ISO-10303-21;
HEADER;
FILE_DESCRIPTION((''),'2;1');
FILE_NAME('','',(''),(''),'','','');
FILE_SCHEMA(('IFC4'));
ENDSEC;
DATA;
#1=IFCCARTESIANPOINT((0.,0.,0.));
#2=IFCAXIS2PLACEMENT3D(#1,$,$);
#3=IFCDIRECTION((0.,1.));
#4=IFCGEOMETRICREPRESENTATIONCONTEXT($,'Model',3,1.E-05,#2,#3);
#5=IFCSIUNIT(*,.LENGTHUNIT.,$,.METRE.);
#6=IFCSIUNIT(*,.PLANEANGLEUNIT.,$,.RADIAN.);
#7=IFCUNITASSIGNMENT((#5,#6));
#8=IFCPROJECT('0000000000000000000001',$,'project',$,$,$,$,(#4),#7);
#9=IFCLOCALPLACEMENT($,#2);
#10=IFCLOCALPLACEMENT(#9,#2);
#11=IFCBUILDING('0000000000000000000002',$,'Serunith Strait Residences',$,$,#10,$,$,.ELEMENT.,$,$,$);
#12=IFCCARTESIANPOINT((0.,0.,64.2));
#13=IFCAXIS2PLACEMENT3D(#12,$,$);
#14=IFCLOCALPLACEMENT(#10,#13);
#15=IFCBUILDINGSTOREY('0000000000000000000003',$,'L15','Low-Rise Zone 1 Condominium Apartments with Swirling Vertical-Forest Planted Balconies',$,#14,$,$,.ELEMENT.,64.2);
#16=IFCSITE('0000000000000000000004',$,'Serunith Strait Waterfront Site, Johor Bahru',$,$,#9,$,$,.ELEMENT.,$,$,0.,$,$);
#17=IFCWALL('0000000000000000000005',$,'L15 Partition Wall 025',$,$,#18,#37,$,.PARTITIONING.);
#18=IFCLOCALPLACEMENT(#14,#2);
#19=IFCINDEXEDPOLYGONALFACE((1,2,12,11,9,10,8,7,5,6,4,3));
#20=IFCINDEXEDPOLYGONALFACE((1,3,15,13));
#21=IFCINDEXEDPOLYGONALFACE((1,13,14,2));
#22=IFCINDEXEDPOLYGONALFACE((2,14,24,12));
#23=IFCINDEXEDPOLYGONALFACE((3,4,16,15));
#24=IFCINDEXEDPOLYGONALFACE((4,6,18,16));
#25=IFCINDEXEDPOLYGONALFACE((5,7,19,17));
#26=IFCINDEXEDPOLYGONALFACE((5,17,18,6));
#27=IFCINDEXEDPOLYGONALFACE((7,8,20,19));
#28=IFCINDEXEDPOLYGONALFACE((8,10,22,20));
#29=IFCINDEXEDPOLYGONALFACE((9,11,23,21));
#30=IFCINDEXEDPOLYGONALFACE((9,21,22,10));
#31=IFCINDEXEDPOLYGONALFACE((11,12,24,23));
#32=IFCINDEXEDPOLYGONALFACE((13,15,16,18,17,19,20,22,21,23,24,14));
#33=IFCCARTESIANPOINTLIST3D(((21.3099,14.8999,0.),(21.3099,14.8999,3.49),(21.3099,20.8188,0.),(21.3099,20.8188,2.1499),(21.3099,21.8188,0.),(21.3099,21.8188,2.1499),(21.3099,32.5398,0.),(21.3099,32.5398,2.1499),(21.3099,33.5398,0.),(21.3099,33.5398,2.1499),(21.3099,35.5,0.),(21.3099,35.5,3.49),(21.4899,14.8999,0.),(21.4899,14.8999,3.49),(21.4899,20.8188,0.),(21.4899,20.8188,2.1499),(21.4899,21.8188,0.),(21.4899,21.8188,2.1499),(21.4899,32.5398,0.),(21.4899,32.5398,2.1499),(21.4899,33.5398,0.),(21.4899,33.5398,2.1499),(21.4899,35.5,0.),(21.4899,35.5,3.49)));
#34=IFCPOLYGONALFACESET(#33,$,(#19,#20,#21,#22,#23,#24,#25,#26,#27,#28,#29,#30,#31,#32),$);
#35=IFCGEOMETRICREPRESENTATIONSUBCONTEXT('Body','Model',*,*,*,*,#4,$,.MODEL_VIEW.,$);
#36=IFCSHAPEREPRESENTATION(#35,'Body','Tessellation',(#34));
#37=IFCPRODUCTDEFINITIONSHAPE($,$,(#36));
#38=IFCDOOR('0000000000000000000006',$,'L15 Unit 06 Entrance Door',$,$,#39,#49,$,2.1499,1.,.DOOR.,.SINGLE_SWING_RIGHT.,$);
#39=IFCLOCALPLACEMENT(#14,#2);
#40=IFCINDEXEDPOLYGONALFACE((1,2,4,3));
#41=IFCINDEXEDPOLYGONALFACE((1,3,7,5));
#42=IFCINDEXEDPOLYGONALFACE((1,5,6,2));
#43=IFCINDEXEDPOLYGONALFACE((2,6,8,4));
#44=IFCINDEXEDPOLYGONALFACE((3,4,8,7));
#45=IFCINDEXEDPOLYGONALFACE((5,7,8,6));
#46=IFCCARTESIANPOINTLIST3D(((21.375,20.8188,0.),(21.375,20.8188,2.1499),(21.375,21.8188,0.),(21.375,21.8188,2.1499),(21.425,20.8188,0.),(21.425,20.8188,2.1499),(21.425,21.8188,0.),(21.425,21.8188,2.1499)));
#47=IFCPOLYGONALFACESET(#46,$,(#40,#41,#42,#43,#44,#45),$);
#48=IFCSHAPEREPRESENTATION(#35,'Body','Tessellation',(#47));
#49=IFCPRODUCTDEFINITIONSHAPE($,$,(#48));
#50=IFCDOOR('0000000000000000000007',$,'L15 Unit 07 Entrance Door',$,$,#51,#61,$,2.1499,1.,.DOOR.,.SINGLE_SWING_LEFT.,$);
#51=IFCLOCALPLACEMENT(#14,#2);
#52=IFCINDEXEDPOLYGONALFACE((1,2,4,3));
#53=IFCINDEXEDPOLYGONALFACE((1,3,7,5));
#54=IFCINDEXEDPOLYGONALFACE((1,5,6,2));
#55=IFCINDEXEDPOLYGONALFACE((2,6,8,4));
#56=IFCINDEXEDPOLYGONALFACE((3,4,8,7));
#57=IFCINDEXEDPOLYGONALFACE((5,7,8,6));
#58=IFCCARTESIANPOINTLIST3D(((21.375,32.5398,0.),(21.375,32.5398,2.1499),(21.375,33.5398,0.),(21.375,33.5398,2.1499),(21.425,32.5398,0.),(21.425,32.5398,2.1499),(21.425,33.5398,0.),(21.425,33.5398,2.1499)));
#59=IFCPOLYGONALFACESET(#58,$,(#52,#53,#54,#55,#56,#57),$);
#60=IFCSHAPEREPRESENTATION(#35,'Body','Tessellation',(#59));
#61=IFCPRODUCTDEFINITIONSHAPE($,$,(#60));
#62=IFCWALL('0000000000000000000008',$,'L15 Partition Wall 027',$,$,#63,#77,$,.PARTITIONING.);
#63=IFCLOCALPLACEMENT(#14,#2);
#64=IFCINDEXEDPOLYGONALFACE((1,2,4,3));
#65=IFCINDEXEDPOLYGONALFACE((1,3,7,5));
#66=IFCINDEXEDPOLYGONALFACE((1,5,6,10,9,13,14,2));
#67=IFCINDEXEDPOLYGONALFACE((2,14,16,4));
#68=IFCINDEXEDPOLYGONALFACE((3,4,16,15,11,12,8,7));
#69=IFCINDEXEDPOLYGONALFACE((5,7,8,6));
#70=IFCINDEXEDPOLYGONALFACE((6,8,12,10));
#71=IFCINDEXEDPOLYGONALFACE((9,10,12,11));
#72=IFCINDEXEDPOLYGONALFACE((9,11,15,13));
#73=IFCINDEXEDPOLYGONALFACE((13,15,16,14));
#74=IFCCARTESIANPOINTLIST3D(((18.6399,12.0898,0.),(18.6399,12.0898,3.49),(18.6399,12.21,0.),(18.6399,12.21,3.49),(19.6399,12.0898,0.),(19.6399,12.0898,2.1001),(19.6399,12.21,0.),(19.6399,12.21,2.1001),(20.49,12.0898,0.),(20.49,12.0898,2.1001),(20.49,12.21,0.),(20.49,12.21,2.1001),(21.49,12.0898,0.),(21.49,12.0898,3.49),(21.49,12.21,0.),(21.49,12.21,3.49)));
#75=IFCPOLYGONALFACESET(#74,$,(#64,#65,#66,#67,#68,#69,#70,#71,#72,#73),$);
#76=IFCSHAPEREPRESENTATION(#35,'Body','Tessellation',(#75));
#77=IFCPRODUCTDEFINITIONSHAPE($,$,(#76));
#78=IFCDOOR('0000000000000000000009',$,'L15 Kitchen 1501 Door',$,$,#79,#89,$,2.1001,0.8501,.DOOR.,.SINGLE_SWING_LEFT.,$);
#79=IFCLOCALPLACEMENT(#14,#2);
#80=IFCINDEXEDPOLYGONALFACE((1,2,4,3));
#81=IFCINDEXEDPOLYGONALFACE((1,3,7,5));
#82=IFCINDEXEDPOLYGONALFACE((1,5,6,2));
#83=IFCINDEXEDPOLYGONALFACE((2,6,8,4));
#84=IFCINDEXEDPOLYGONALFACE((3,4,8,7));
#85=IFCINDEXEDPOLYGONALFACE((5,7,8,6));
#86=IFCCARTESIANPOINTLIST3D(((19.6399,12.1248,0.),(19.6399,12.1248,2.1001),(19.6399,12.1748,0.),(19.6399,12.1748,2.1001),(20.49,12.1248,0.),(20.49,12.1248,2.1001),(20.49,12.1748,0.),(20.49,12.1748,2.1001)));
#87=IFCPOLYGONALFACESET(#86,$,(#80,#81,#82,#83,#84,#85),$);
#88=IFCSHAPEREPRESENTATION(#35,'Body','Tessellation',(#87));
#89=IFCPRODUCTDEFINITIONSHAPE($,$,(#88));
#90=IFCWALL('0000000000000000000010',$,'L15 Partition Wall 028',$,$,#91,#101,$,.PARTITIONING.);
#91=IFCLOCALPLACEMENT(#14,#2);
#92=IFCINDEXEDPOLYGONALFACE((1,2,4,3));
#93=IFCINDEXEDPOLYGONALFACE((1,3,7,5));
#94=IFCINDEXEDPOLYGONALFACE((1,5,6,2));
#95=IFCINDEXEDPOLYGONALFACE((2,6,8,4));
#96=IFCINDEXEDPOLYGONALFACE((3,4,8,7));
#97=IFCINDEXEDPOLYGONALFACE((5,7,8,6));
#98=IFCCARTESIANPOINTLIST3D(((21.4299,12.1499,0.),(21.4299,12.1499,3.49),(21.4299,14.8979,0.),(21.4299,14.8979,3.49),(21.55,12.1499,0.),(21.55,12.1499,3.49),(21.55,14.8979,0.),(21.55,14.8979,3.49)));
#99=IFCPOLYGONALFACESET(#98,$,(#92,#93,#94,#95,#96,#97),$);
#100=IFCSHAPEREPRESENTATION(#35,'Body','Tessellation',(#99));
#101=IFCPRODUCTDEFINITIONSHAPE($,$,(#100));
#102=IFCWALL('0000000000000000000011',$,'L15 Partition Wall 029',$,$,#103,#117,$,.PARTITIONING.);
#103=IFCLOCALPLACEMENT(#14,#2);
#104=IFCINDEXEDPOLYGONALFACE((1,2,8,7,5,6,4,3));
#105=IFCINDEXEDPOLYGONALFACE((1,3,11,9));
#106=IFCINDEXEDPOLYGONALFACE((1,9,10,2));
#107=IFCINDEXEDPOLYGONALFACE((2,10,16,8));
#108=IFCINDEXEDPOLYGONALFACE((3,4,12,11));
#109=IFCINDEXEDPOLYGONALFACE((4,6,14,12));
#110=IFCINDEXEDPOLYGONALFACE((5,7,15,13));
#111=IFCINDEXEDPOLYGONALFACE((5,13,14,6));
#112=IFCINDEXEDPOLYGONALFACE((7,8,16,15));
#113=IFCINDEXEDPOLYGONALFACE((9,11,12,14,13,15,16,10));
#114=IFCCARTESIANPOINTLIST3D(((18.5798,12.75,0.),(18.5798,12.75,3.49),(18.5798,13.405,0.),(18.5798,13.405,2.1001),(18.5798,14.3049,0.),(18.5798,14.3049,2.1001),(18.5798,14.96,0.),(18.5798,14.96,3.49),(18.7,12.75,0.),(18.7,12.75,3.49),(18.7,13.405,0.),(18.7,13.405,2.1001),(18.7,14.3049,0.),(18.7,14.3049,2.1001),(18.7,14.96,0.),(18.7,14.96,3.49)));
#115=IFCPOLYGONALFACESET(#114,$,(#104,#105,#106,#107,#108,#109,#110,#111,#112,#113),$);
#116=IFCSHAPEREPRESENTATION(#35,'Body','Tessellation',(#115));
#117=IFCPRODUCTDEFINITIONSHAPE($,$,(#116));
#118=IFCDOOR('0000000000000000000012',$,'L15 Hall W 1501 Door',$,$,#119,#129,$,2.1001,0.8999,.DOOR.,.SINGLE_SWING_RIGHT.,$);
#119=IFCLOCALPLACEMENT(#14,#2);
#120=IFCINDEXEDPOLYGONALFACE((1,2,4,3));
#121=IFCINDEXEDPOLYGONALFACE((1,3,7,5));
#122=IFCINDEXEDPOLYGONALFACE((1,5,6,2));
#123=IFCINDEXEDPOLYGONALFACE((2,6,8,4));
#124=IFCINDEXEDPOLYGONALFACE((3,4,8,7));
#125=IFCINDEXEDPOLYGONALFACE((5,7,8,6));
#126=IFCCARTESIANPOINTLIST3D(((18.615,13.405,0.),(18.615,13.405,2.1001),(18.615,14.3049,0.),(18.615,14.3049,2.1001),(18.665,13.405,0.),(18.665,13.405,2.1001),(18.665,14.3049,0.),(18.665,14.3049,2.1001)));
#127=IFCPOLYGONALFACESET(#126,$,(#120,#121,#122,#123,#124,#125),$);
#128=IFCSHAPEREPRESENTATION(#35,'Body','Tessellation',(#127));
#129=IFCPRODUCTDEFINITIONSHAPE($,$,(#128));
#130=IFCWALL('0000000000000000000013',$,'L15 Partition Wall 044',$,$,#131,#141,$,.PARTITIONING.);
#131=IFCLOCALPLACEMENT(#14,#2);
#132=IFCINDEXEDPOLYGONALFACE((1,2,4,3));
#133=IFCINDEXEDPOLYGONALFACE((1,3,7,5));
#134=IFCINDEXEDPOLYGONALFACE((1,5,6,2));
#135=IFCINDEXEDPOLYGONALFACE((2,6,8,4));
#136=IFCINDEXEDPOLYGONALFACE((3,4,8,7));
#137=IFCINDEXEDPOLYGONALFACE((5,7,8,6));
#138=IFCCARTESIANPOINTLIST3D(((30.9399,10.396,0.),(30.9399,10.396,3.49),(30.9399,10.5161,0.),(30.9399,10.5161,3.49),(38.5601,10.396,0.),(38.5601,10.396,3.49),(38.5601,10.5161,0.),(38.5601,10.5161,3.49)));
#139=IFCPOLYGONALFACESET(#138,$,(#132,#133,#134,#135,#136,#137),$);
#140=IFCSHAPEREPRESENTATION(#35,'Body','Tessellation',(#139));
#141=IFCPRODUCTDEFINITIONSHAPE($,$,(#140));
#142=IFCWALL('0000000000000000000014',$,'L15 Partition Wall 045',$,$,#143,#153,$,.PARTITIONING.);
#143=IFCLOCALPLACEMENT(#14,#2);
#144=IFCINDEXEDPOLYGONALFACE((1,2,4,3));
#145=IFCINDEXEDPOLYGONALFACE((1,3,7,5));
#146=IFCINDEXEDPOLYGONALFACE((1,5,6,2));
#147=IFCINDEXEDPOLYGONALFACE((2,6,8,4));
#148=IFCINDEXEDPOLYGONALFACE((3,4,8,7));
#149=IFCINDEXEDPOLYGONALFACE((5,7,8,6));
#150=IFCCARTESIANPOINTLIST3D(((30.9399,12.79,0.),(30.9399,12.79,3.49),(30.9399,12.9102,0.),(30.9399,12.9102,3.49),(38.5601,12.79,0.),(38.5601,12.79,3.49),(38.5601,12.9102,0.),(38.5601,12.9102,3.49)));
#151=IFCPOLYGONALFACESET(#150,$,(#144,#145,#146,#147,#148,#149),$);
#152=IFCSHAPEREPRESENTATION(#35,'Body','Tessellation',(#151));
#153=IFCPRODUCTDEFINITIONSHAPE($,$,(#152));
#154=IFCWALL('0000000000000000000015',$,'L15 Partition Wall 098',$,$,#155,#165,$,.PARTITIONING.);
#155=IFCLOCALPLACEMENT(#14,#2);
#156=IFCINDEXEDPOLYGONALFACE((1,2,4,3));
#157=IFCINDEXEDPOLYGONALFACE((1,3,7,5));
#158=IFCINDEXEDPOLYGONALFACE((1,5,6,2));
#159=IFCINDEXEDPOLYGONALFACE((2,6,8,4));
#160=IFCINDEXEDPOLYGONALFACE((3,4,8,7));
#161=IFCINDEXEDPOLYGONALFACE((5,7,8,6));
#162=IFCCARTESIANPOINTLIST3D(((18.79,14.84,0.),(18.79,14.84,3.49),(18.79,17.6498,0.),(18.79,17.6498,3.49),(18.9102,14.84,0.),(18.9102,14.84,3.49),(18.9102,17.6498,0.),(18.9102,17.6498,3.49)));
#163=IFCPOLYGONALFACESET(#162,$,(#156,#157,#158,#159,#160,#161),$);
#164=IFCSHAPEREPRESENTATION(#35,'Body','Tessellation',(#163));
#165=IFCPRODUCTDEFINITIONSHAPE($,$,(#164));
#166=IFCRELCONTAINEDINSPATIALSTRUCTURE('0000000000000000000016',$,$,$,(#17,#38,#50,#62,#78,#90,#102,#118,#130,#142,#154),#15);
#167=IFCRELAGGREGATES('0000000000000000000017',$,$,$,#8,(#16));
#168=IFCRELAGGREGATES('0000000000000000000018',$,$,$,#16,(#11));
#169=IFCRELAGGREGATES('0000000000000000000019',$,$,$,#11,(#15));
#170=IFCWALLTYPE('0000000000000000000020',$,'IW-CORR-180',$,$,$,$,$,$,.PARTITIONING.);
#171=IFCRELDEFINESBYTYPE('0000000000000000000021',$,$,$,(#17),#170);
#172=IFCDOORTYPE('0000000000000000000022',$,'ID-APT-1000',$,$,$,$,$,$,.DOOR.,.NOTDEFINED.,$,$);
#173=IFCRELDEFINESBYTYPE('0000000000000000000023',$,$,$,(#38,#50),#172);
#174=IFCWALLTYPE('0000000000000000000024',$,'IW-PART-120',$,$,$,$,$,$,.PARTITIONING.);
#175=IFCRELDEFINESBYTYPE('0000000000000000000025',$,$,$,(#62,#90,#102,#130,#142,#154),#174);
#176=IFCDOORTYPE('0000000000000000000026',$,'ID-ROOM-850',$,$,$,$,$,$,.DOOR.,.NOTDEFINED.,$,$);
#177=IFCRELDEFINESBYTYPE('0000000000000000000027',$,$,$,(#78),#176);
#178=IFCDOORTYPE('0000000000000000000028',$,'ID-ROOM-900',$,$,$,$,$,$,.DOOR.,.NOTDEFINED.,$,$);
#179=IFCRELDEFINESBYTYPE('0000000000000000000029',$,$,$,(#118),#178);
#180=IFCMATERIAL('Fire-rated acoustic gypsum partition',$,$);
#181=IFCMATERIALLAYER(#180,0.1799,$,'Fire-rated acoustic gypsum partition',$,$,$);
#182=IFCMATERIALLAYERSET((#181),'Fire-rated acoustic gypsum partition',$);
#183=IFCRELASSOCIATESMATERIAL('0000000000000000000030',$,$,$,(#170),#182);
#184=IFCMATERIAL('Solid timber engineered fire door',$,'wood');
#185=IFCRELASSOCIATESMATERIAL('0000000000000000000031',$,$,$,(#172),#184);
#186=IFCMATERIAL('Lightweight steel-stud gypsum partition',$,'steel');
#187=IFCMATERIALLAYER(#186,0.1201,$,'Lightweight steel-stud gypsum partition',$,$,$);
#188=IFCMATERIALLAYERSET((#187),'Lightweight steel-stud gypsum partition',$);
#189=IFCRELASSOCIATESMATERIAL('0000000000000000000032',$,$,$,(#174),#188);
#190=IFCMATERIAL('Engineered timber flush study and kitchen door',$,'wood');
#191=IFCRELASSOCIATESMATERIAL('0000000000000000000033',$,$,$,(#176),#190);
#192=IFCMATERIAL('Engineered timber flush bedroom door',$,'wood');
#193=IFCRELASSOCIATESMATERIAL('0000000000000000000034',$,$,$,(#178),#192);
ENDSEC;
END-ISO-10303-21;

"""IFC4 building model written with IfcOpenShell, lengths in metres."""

from ifc_helpers import new_model, si_unit, direction, frame, frame_2d, origin, place, context, subcontext, project, spatial, rectangle, extrude, source, transform, mapped, material, layer, layer_set, type_object, element, fill, save


model = new_model("IFC4")

# Units and contexts
model_context = context("Model", 3, precision=1e-05, world=origin(), true_north=direction((0.0, 1.0)))
body_context = subcontext(model_context, "Body", "Model", "MODEL_VIEW")
ifc_project = project(units=[si_unit("LENGTHUNIT", "METRE"), si_unit("PLANEANGLEUNIT", "RADIAN")], contexts=[model_context])

# Site, building, storey
site_placement = place(None, origin())
site = spatial("IfcSite", under=ifc_project, at=site_placement, Name="Serunith Strait Waterfront Site, Johor Bahru", CompositionType="ELEMENT", RefElevation=0.0)
building_placement = place(site_placement, origin())
building = spatial("IfcBuilding", under=site, at=building_placement, Name="Serunith Strait Residences", CompositionType="ELEMENT")
storey_placement = place(building_placement, frame((0.0, 0.0, 64.2)))
storey = spatial("IfcBuildingStorey", under=building, at=storey_placement, Name="L15", Description="Low-Rise Zone 1 Condominium Apartments with Swirling Vertical-Forest Planted Balconies", CompositionType="ELEMENT", Elevation=64.2)

# Wall, openings, doors
ifc_material_1 = material(Name="Fire-rated acoustic gypsum partition")
ifc_layer_1 = layer(ifc_material_1, 0.1799, Name="Fire-rated acoustic gypsum partition")
ifc_layer_set_1 = layer_set([ifc_layer_1], Name="Fire-rated acoustic gypsum partition")
wall_type_1 = type_object("IfcWallType", Name="IW-CORR-180", PredefinedType="PARTITIONING", material=ifc_layer_set_1)
ifc_material_2 = material(Name="Solid timber engineered fire door", Category="wood")
door_type_1 = type_object("IfcDoorType", Name="ID-APT-1000", OperationType="NOTDEFINED", PredefinedType="DOOR", material=ifc_material_2)
shared_shape_1 = source(origin(), body_context, "Body", "SweptSolid", [
    extrude(rectangle(XDim=1.0, YDim=2.1499, at=frame_2d((0.5, 1.075))), frame((0.0, 0.0249, 0.0), z_axis=(0.0, -1.0, 0.0), x_axis=(1.0, 0.0, 0.0)), (0.0, 0.0, 1.0), 0.05),
])
wall_1_placement = place(storey_placement, frame((21.3999, 14.8999, 0.0), z_axis=(0.0, 0.0, 1.0), x_axis=(0.0, 1.0, 0.0)))
wall_1 = element("IfcWall", 1, at=wall_1_placement, inside=storey, type_object=wall_type_1, Name="L15 Partition Wall 025", PredefinedType="PARTITIONING", context=body_context, shape_type="SweptSolid", body=[
    extrude(rectangle(XDim=20.6001, YDim=0.1799, at=frame_2d((10.3, 0.0))), origin(), (0.0, 0.0, 1.0), 3.49),
])
opening_1_placement = place(wall_1_placement, frame((5.9189, 0.0, 0.0)))
opening_1 = element("IfcOpeningElement", 2, at=opening_1_placement, cuts=wall_1, PredefinedType="OPENING", context=body_context, shape_type="SweptSolid", body=[
    extrude(rectangle(XDim=1.0, YDim=2.1499, at=frame_2d((0.5, 1.075))), frame((0.0, 0.1001, 0.0), z_axis=(0.0, -1.0, 0.0), x_axis=(1.0, 0.0, 0.0)), (0.0, 0.0, 1.0), 0.2),
])
opening_2_placement = place(wall_1_placement, frame((17.6399, 0.0, 0.0)))
opening_2 = element("IfcOpeningElement", 3, at=opening_2_placement, cuts=wall_1, PredefinedType="OPENING", context=body_context, shape_type="SweptSolid", body=[
    extrude(rectangle(XDim=1.0, YDim=2.1499, at=frame_2d((0.5, 1.075))), frame((0.0, 0.1001, 0.0), z_axis=(0.0, -1.0, 0.0), x_axis=(1.0, 0.0, 0.0)), (0.0, 0.0, 1.0), 0.2),
])
door_1_placement = place(opening_1_placement, origin())
door_1 = element("IfcDoor", 4, at=door_1_placement, inside=storey, type_object=door_type_1, Name="L15 Unit 06 Entrance Door", OperationType="SINGLE_SWING_RIGHT", OverallHeight=2.1499, OverallWidth=1.0, PredefinedType="DOOR", context=body_context, shape_type="MappedRepresentation", body=[
    mapped(shared_shape_1, transform((0.0, 0.0, 0.0), scale=1.0)),
])
fill(opening_1, door_1)
door_2_placement = place(opening_2_placement, origin())
door_2 = element("IfcDoor", 5, at=door_2_placement, inside=storey, type_object=door_type_1, Name="L15 Unit 07 Entrance Door", OperationType="SINGLE_SWING_LEFT", OverallHeight=2.1499, OverallWidth=1.0, PredefinedType="DOOR", context=body_context, shape_type="MappedRepresentation", body=[
    mapped(shared_shape_1, transform((0.0, 0.0, 0.0), scale=1.0)),
])
fill(opening_2, door_2)

# Wall, opening, door
ifc_material_3 = material(Name="Lightweight steel-stud gypsum partition", Category="steel")
ifc_layer_2 = layer(ifc_material_3, 0.1201, Name="Lightweight steel-stud gypsum partition")
ifc_layer_set_2 = layer_set([ifc_layer_2], Name="Lightweight steel-stud gypsum partition")
wall_type_2 = type_object("IfcWallType", Name="IW-PART-120", PredefinedType="PARTITIONING", material=ifc_layer_set_2)
wall_2_placement = place(storey_placement, frame((18.6399, 12.1499, 0.0), z_axis=(0.0, 0.0, 1.0), x_axis=(1.0, 0.0, 0.0)))
wall_2 = element("IfcWall", 6, at=wall_2_placement, inside=storey, type_object=wall_type_2, Name="L15 Partition Wall 027", PredefinedType="PARTITIONING", context=body_context, shape_type="SweptSolid", body=[
    extrude(rectangle(XDim=2.8501, YDim=0.1201, at=frame_2d((1.425, 0.0))), origin(), (0.0, 0.0, 1.0), 3.49),
])
opening_3_placement = place(wall_2_placement, frame((1.0, 0.0, 0.0)))
opening_3 = element("IfcOpeningElement", 7, at=opening_3_placement, cuts=wall_2, PredefinedType="OPENING", context=body_context, shape_type="SweptSolid", body=[
    extrude(rectangle(XDim=0.8501, YDim=2.1001, at=frame_2d((0.425, 1.05))), frame((0.0, 0.0701, 0.0), z_axis=(0.0, -1.0, 0.0), x_axis=(1.0, 0.0, 0.0)), (0.0, 0.0, 1.0), 0.1401),
])
ifc_material_4 = material(Name="Engineered timber flush study and kitchen door", Category="wood")
door_type_2 = type_object("IfcDoorType", Name="ID-ROOM-850", OperationType="NOTDEFINED", PredefinedType="DOOR", material=ifc_material_4)
shared_shape_2 = source(origin(), body_context, "Body", "SweptSolid", [
    extrude(rectangle(XDim=0.8501, YDim=2.1001, at=frame_2d((0.425, 1.05))), frame((0.0, 0.0249, 0.0), z_axis=(0.0, -1.0, 0.0), x_axis=(1.0, 0.0, 0.0)), (0.0, 0.0, 1.0), 0.05),
])
door_3_placement = place(opening_3_placement, origin())
door_3 = element("IfcDoor", 8, at=door_3_placement, inside=storey, type_object=door_type_2, Name="L15 Kitchen 1501 Door", OperationType="SINGLE_SWING_LEFT", OverallHeight=2.1001, OverallWidth=0.8501, PredefinedType="DOOR", context=body_context, shape_type="MappedRepresentation", body=[
    mapped(shared_shape_2, transform((0.0, 0.0, 0.0), scale=1.0)),
])
fill(opening_3, door_3)

# Wall
wall_3_placement = place(storey_placement, frame((21.49, 12.1499, 0.0), z_axis=(0.0, 0.0, 1.0), x_axis=(0.0, 1.0, 0.0)))
element("IfcWall", 9, at=wall_3_placement, inside=storey, type_object=wall_type_2, Name="L15 Partition Wall 028", PredefinedType="PARTITIONING", context=body_context, shape_type="SweptSolid", body=[
    extrude(rectangle(XDim=2.748, YDim=0.1201, at=frame_2d((1.374, 0.0))), origin(), (0.0, 0.0, 1.0), 3.49),
])

# Wall, opening, door
wall_4_placement = place(storey_placement, frame((18.6399, 12.75, 0.0), z_axis=(0.0, 0.0, 1.0), x_axis=(0.0, 1.0, 0.0)))
wall_4 = element("IfcWall", 10, at=wall_4_placement, inside=storey, type_object=wall_type_2, Name="L15 Partition Wall 029", PredefinedType="PARTITIONING", context=body_context, shape_type="SweptSolid", body=[
    extrude(rectangle(XDim=2.21, YDim=0.1201, at=frame_2d((1.105, 0.0))), origin(), (0.0, 0.0, 1.0), 3.49),
])
opening_4_placement = place(wall_4_placement, frame((0.655, 0.0, 0.0)))
opening_4 = element("IfcOpeningElement", 11, at=opening_4_placement, cuts=wall_4, PredefinedType="OPENING", context=body_context, shape_type="SweptSolid", body=[
    extrude(rectangle(XDim=0.8999, YDim=2.1001, at=frame_2d((0.45, 1.05))), frame((0.0, 0.0701, 0.0), z_axis=(0.0, -1.0, 0.0), x_axis=(1.0, 0.0, 0.0)), (0.0, 0.0, 1.0), 0.1401),
])
ifc_material_5 = material(Name="Engineered timber flush bedroom door", Category="wood")
door_type_3 = type_object("IfcDoorType", Name="ID-ROOM-900", OperationType="NOTDEFINED", PredefinedType="DOOR", material=ifc_material_5)
shared_shape_3 = source(origin(), body_context, "Body", "SweptSolid", [
    extrude(rectangle(XDim=0.8999, YDim=2.1001, at=frame_2d((0.45, 1.05))), frame((0.0, 0.0249, 0.0), z_axis=(0.0, -1.0, 0.0), x_axis=(1.0, 0.0, 0.0)), (0.0, 0.0, 1.0), 0.05),
])
door_4_placement = place(opening_4_placement, origin())
door_4 = element("IfcDoor", 12, at=door_4_placement, inside=storey, type_object=door_type_3, Name="L15 Hall W 1501 Door", OperationType="SINGLE_SWING_RIGHT", OverallHeight=2.1001, OverallWidth=0.8999, PredefinedType="DOOR", context=body_context, shape_type="MappedRepresentation", body=[
    mapped(shared_shape_3, transform((0.0, 0.0, 0.0), scale=1.0)),
])
fill(opening_4, door_4)

# Walls
for number, where, z_axis, x_axis, name in (
    (13, (30.9399, 10.4561, 0.0), (0.0, 0.0, 1.0), (1.0, 0.0, 0.0), "L15 Partition Wall 044"),
    (14, (30.9399, 12.8501, 0.0), (0.0, 0.0, 1.0), (1.0, 0.0, 0.0), "L15 Partition Wall 045"),
):
    element("IfcWall", number, at=place(storey_placement, frame(where, z_axis=z_axis, x_axis=x_axis)), inside=storey, type_object=wall_type_2, Name=name, PredefinedType="PARTITIONING", context=body_context, shape_type="SweptSolid", body=[
        extrude(rectangle(XDim=7.6201, YDim=0.1201, at=frame_2d((3.8101, 0.0))), origin(), (0.0, 0.0, 1.0), 3.49),
    ])
wall_5_placement = place(storey_placement, frame((18.8501, 14.8401, 0.0), z_axis=(0.0, 0.0, 1.0), x_axis=(0.0, 1.0, 0.0)))
element("IfcWall", 15, at=wall_5_placement, inside=storey, type_object=wall_type_2, Name="L15 Partition Wall 098", PredefinedType="PARTITIONING", context=body_context, shape_type="SweptSolid", body=[
    extrude(rectangle(XDim=2.8098, YDim=0.1201, at=frame_2d((1.4048, 0.0))), origin(), (0.0, 0.0, 1.0), 3.49),
])

save(model, "model.ifc")
